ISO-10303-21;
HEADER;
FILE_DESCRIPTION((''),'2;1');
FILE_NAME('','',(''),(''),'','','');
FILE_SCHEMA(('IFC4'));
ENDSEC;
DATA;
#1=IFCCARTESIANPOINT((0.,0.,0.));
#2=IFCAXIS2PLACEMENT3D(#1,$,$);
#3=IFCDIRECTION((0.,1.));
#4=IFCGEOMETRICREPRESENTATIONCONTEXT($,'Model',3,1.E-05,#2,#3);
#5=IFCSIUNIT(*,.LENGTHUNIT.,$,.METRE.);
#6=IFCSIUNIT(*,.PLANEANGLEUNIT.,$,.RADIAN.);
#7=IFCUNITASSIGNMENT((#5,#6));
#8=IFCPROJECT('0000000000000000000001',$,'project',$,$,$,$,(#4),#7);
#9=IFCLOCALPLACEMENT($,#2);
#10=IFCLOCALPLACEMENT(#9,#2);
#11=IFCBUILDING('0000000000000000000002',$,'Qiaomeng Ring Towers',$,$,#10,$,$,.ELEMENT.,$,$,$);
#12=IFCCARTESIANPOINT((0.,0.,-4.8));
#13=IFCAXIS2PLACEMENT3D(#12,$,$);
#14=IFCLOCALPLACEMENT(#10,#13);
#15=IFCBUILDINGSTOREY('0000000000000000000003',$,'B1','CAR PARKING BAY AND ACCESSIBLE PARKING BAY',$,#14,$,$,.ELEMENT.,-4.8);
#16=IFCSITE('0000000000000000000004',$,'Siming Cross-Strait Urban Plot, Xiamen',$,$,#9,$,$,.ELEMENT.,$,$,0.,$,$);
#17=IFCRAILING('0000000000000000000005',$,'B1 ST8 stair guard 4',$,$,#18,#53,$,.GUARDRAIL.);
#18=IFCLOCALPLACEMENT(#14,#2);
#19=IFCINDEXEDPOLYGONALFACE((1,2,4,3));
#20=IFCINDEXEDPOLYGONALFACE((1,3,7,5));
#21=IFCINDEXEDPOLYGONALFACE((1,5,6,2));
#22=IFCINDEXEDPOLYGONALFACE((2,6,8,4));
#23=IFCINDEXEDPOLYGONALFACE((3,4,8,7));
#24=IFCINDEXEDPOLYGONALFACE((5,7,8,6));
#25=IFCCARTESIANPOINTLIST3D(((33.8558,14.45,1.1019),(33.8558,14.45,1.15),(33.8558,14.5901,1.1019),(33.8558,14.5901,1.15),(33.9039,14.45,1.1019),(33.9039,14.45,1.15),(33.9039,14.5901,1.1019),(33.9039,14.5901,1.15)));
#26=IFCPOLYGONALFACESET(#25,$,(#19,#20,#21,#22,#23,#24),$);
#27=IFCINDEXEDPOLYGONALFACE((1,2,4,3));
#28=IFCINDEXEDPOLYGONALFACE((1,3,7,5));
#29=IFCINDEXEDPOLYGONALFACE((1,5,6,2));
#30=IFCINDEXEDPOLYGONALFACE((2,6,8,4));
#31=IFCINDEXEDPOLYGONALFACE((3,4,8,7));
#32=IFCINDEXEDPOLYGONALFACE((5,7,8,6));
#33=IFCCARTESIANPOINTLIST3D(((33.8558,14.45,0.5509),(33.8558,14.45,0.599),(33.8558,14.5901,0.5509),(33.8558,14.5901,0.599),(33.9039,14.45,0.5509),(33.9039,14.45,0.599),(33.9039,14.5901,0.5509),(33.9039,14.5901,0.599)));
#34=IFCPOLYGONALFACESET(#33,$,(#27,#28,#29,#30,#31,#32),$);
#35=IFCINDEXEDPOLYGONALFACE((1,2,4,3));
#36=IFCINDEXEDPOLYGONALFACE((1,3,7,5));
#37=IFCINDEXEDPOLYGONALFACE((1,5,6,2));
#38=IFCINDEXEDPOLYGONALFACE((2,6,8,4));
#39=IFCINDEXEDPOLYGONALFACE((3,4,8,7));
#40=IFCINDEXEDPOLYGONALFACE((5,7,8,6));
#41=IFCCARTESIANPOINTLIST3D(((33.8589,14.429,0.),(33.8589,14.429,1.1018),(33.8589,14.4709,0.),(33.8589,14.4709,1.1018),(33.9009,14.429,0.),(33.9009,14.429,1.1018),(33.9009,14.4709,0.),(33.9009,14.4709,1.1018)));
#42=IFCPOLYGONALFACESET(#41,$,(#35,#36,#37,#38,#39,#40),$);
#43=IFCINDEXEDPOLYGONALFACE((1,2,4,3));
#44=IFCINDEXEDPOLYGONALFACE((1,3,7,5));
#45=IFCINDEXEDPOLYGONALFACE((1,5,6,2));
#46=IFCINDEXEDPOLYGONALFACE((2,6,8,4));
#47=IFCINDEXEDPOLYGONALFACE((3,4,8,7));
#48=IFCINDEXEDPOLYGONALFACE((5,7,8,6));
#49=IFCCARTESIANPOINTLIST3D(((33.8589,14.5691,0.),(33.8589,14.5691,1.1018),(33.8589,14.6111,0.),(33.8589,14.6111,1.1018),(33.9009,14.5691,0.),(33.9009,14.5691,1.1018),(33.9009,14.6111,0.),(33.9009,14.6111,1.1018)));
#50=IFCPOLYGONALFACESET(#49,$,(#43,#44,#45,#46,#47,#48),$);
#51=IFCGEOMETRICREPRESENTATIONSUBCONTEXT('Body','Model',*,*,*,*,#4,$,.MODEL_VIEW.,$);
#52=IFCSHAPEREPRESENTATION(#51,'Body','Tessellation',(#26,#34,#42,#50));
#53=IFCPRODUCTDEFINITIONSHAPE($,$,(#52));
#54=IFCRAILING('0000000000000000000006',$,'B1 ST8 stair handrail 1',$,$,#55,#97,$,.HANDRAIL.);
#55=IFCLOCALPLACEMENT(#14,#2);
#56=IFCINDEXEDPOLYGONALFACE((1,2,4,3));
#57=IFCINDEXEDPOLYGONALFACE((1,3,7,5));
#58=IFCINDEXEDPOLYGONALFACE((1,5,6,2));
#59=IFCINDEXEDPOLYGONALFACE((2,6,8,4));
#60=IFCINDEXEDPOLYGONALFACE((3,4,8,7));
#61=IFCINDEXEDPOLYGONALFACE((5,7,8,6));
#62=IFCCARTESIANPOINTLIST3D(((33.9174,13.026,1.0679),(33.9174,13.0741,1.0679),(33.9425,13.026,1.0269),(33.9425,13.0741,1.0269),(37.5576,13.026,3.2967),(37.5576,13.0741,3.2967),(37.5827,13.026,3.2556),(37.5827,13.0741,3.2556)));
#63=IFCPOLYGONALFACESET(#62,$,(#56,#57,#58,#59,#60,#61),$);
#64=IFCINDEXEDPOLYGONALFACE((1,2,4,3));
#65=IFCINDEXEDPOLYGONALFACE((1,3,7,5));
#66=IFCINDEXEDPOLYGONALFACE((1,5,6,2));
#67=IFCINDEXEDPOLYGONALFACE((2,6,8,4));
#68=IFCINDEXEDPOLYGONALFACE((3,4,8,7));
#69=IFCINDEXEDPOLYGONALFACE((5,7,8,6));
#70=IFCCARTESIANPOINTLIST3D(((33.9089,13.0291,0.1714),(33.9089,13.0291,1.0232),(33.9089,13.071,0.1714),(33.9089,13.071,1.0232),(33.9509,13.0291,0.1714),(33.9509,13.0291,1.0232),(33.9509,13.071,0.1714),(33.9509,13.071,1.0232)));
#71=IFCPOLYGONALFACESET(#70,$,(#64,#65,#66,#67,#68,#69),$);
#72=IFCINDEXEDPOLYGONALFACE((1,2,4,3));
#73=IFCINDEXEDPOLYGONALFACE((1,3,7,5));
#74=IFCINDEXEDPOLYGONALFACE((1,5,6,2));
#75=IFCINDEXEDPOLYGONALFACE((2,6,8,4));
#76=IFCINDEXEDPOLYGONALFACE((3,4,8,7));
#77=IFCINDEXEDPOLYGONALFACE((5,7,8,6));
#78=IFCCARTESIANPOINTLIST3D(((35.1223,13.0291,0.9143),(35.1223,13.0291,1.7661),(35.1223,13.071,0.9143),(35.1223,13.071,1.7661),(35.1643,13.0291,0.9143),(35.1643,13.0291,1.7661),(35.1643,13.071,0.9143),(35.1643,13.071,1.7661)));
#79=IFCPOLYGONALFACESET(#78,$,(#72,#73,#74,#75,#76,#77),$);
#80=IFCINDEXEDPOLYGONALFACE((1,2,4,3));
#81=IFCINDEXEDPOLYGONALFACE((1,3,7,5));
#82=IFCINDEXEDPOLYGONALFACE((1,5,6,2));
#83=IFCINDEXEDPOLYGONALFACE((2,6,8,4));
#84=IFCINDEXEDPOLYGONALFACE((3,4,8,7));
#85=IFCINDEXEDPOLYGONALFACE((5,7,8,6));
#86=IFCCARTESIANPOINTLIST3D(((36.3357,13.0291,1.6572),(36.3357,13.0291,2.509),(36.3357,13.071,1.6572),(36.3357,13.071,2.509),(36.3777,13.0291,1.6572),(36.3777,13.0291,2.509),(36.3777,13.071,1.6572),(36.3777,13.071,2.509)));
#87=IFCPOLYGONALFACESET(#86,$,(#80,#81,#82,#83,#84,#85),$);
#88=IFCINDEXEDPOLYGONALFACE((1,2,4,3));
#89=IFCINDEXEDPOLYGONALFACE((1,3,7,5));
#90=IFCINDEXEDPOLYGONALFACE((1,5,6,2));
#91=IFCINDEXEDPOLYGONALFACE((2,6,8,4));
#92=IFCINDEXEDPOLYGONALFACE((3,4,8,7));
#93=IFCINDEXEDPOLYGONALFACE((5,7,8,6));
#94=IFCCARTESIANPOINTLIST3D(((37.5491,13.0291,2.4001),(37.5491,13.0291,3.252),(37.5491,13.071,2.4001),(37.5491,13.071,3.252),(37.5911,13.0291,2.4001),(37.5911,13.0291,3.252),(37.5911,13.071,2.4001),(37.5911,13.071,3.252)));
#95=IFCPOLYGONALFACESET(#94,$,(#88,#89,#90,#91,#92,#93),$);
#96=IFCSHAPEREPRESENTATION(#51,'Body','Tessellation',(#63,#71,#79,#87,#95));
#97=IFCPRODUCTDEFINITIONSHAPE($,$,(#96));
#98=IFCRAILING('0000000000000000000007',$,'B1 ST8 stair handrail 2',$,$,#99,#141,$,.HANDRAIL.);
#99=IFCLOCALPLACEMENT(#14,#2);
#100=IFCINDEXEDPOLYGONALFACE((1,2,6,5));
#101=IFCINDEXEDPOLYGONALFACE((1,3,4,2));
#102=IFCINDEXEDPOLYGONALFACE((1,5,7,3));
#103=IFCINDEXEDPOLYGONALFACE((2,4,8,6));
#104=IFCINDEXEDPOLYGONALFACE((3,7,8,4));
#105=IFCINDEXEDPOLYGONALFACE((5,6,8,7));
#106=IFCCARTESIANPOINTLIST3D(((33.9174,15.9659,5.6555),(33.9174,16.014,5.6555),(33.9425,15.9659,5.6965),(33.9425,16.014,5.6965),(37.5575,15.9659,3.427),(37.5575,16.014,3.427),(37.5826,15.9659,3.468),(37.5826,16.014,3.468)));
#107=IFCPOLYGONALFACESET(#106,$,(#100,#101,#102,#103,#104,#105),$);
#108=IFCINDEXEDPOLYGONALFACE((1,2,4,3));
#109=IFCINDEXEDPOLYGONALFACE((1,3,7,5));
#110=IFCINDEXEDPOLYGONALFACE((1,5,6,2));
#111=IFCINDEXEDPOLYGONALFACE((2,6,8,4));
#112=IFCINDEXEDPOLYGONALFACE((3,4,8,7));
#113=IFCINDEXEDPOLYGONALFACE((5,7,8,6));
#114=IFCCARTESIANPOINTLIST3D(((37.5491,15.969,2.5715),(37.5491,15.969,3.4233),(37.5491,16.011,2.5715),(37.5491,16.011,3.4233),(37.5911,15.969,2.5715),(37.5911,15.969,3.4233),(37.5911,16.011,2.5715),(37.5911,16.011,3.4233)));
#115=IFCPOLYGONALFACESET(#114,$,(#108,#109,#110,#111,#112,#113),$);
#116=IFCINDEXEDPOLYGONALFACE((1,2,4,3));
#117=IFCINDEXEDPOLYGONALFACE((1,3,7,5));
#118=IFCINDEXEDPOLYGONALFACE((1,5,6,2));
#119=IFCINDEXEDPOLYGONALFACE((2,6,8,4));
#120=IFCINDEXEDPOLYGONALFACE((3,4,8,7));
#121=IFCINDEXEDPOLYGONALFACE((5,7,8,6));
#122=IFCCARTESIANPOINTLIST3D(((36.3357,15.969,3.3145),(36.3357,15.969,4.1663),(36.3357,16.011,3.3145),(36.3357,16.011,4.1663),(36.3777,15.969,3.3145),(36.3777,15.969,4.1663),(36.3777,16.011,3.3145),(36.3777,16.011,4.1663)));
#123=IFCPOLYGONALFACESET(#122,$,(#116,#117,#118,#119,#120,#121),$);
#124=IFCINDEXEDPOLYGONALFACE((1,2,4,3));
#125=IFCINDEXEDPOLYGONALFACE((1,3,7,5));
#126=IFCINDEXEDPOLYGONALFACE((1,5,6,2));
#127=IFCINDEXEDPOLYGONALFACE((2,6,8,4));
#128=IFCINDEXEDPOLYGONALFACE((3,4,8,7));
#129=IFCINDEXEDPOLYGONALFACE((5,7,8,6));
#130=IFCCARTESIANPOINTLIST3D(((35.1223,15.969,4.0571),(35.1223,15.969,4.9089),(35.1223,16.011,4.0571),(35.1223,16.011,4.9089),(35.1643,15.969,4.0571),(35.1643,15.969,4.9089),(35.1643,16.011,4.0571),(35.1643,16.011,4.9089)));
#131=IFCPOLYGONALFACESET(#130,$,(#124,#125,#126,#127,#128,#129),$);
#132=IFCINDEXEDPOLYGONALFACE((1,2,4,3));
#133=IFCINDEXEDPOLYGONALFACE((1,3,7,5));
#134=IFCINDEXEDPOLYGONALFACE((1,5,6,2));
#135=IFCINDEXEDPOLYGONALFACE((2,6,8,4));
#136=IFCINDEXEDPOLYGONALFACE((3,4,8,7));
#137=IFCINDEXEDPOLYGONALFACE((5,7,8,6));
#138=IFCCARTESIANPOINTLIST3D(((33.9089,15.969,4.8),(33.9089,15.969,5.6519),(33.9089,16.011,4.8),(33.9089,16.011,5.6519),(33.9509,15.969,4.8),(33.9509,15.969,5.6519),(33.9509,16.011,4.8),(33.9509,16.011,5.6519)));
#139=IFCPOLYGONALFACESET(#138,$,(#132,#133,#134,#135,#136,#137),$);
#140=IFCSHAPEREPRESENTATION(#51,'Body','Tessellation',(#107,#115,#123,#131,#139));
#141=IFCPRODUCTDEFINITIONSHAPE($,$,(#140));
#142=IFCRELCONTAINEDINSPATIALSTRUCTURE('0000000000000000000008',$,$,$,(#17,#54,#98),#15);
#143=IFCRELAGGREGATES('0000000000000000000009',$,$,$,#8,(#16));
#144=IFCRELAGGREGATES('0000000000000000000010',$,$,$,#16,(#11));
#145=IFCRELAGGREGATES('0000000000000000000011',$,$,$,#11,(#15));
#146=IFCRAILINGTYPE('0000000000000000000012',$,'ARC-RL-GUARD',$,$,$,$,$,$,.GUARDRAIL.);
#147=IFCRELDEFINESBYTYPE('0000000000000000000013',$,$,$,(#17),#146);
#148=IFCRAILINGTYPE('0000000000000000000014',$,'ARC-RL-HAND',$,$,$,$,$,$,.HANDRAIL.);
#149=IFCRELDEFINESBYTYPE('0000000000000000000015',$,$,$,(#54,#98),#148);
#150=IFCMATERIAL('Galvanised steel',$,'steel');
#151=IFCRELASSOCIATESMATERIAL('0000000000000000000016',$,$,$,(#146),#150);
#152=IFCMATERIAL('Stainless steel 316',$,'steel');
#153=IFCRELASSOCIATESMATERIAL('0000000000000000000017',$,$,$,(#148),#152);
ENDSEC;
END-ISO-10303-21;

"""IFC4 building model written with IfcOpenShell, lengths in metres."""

from ifc_helpers import new_model, si_unit, direction, frame, origin, origin_2d, place, context, subcontext, project, spatial, rectangle, extrude, material, type_object, element, save


model = new_model("IFC4")

# Units and contexts
model_context = context("Model", 3, precision=1e-05, world=origin(), true_north=direction((0.0, 1.0)))
body_context = subcontext(model_context, "Body", "Model", "MODEL_VIEW")
ifc_project = project(units=[si_unit("LENGTHUNIT", "METRE"), si_unit("PLANEANGLEUNIT", "RADIAN")], contexts=[model_context])

# Site, building, storey
site_placement = place(None, origin())
site = spatial("IfcSite", under=ifc_project, at=site_placement, Name="Siming Cross-Strait Urban Plot, Xiamen", CompositionType="ELEMENT", RefElevation=0.0)
building_placement = place(site_placement, origin())
building = spatial("IfcBuilding", under=site, at=building_placement, Name="Qiaomeng Ring Towers", CompositionType="ELEMENT")
storey_placement = place(building_placement, frame((0.0, 0.0, -4.8)))
storey = spatial("IfcBuildingStorey", under=building, at=storey_placement, Name="B1", Description="CAR PARKING BAY AND ACCESSIBLE PARKING BAY", CompositionType="ELEMENT", Elevation=-4.8)

# Shared definitions
ifc_material_1 = material(Name="Galvanised steel", Category="steel")

# Railings
railing_type_1 = type_object("IfcRailingType", Name="ARC-RL-GUARD", PredefinedType="GUARDRAIL", material=ifc_material_1)
railing_1_placement = place(storey_placement, frame((33.8799, 14.45, 0.0)))
element("IfcRailing", 1, at=railing_1_placement, inside=storey, type_object=railing_type_1, Name="B1 ST8 stair guard 4", PredefinedType="GUARDRAIL", context=body_context, shape_type="SweptSolid", body=[
    extrude(rectangle(XDim=0.0481, YDim=0.0481, at=origin_2d()), frame((0.0, 0.0, 1.126), z_axis=(0.0, 1.0, 0.0), x_axis=(-1.0, 0.0, 0.0)), (0.0, 0.0, 1.0), 0.1401),
    extrude(rectangle(XDim=0.0481, YDim=0.0481, at=origin_2d()), frame((0.0, 0.0, 0.575), z_axis=(0.0, 1.0, 0.0), x_axis=(-1.0, 0.0, 0.0)), (0.0, 0.0, 1.0), 0.1401),
    extrude(rectangle(XDim=0.042, YDim=0.042, at=origin_2d()), origin(), (0.0, 0.0, 1.0), 1.1018),
    extrude(rectangle(XDim=0.042, YDim=0.042, at=origin_2d()), frame((0.0, 0.1401, 0.0)), (0.0, 0.0, 1.0), 1.1018),
])
ifc_material_2 = material(Name="Stainless steel 316", Category="steel")
railing_type_2 = type_object("IfcRailingType", Name="ARC-RL-HAND", PredefinedType="HANDRAIL", material=ifc_material_2)
railing_2_placement = place(storey_placement, frame((33.9299, 13.05, 0.1714)))
element("IfcRailing", 2, at=railing_2_placement, inside=storey, type_object=railing_type_2, Name="B1 ST8 stair handrail 1", PredefinedType="HANDRAIL", context=body_context, shape_type="SweptSolid", body=[
    extrude(rectangle(XDim=0.0481, YDim=0.0481, at=origin_2d()), frame((0.0, 0.0, 0.876), z_axis=(0.85284, 0.0, 0.522172), x_axis=(0.0, 1.0, 0.0)), (0.0, 0.0, 1.0), 4.2683),
    extrude(rectangle(XDim=0.042, YDim=0.042, at=origin_2d()), origin(), (0.0, 0.0, 1.0), 0.8518),
    extrude(rectangle(XDim=0.042, YDim=0.042, at=origin_2d()), frame((1.2134, 0.0, 0.7429)), (0.0, 0.0, 1.0), 0.8518),
    extrude(rectangle(XDim=0.042, YDim=0.042, at=origin_2d()), frame((2.4268, 0.0, 1.4858)), (0.0, 0.0, 1.0), 0.8518),
    extrude(rectangle(XDim=0.042, YDim=0.042, at=origin_2d()), frame((3.6401, 0.0, 2.2288)), (0.0, 0.0, 1.0), 0.8518),
])
railing_3_placement = place(storey_placement, frame((37.5701, 15.99, 2.5715)))
element("IfcRailing", 3, at=railing_3_placement, inside=storey, type_object=railing_type_2, Name="B1 ST8 stair handrail 2", PredefinedType="HANDRAIL", context=body_context, shape_type="SweptSolid", body=[
    extrude(rectangle(XDim=0.0481, YDim=0.0481, at=origin_2d()), frame((0.0, 0.0, 0.876), z_axis=(-0.852866, 0.0, 0.52213), x_axis=(0.0, -1.0, 0.0)), (0.0, 0.0, 1.0), 4.2681),
    extrude(rectangle(XDim=0.042, YDim=0.042, at=origin_2d()), origin(), (0.0, 0.0, 1.0), 0.8518),
    extrude(rectangle(XDim=0.042, YDim=0.042, at=origin_2d()), frame((-1.2134, 0.0, 0.7429)), (0.0, 0.0, 1.0), 0.8518),
    extrude(rectangle(XDim=0.042, YDim=0.042, at=origin_2d()), frame((-2.4268, 0.0, 1.4856)), (0.0, 0.0, 1.0), 0.8518),
    extrude(rectangle(XDim=0.042, YDim=0.042, at=origin_2d()), frame((-3.6401, 0.0, 2.2285)), (0.0, 0.0, 1.0), 0.8518),
])

save(model, "model.ifc")
